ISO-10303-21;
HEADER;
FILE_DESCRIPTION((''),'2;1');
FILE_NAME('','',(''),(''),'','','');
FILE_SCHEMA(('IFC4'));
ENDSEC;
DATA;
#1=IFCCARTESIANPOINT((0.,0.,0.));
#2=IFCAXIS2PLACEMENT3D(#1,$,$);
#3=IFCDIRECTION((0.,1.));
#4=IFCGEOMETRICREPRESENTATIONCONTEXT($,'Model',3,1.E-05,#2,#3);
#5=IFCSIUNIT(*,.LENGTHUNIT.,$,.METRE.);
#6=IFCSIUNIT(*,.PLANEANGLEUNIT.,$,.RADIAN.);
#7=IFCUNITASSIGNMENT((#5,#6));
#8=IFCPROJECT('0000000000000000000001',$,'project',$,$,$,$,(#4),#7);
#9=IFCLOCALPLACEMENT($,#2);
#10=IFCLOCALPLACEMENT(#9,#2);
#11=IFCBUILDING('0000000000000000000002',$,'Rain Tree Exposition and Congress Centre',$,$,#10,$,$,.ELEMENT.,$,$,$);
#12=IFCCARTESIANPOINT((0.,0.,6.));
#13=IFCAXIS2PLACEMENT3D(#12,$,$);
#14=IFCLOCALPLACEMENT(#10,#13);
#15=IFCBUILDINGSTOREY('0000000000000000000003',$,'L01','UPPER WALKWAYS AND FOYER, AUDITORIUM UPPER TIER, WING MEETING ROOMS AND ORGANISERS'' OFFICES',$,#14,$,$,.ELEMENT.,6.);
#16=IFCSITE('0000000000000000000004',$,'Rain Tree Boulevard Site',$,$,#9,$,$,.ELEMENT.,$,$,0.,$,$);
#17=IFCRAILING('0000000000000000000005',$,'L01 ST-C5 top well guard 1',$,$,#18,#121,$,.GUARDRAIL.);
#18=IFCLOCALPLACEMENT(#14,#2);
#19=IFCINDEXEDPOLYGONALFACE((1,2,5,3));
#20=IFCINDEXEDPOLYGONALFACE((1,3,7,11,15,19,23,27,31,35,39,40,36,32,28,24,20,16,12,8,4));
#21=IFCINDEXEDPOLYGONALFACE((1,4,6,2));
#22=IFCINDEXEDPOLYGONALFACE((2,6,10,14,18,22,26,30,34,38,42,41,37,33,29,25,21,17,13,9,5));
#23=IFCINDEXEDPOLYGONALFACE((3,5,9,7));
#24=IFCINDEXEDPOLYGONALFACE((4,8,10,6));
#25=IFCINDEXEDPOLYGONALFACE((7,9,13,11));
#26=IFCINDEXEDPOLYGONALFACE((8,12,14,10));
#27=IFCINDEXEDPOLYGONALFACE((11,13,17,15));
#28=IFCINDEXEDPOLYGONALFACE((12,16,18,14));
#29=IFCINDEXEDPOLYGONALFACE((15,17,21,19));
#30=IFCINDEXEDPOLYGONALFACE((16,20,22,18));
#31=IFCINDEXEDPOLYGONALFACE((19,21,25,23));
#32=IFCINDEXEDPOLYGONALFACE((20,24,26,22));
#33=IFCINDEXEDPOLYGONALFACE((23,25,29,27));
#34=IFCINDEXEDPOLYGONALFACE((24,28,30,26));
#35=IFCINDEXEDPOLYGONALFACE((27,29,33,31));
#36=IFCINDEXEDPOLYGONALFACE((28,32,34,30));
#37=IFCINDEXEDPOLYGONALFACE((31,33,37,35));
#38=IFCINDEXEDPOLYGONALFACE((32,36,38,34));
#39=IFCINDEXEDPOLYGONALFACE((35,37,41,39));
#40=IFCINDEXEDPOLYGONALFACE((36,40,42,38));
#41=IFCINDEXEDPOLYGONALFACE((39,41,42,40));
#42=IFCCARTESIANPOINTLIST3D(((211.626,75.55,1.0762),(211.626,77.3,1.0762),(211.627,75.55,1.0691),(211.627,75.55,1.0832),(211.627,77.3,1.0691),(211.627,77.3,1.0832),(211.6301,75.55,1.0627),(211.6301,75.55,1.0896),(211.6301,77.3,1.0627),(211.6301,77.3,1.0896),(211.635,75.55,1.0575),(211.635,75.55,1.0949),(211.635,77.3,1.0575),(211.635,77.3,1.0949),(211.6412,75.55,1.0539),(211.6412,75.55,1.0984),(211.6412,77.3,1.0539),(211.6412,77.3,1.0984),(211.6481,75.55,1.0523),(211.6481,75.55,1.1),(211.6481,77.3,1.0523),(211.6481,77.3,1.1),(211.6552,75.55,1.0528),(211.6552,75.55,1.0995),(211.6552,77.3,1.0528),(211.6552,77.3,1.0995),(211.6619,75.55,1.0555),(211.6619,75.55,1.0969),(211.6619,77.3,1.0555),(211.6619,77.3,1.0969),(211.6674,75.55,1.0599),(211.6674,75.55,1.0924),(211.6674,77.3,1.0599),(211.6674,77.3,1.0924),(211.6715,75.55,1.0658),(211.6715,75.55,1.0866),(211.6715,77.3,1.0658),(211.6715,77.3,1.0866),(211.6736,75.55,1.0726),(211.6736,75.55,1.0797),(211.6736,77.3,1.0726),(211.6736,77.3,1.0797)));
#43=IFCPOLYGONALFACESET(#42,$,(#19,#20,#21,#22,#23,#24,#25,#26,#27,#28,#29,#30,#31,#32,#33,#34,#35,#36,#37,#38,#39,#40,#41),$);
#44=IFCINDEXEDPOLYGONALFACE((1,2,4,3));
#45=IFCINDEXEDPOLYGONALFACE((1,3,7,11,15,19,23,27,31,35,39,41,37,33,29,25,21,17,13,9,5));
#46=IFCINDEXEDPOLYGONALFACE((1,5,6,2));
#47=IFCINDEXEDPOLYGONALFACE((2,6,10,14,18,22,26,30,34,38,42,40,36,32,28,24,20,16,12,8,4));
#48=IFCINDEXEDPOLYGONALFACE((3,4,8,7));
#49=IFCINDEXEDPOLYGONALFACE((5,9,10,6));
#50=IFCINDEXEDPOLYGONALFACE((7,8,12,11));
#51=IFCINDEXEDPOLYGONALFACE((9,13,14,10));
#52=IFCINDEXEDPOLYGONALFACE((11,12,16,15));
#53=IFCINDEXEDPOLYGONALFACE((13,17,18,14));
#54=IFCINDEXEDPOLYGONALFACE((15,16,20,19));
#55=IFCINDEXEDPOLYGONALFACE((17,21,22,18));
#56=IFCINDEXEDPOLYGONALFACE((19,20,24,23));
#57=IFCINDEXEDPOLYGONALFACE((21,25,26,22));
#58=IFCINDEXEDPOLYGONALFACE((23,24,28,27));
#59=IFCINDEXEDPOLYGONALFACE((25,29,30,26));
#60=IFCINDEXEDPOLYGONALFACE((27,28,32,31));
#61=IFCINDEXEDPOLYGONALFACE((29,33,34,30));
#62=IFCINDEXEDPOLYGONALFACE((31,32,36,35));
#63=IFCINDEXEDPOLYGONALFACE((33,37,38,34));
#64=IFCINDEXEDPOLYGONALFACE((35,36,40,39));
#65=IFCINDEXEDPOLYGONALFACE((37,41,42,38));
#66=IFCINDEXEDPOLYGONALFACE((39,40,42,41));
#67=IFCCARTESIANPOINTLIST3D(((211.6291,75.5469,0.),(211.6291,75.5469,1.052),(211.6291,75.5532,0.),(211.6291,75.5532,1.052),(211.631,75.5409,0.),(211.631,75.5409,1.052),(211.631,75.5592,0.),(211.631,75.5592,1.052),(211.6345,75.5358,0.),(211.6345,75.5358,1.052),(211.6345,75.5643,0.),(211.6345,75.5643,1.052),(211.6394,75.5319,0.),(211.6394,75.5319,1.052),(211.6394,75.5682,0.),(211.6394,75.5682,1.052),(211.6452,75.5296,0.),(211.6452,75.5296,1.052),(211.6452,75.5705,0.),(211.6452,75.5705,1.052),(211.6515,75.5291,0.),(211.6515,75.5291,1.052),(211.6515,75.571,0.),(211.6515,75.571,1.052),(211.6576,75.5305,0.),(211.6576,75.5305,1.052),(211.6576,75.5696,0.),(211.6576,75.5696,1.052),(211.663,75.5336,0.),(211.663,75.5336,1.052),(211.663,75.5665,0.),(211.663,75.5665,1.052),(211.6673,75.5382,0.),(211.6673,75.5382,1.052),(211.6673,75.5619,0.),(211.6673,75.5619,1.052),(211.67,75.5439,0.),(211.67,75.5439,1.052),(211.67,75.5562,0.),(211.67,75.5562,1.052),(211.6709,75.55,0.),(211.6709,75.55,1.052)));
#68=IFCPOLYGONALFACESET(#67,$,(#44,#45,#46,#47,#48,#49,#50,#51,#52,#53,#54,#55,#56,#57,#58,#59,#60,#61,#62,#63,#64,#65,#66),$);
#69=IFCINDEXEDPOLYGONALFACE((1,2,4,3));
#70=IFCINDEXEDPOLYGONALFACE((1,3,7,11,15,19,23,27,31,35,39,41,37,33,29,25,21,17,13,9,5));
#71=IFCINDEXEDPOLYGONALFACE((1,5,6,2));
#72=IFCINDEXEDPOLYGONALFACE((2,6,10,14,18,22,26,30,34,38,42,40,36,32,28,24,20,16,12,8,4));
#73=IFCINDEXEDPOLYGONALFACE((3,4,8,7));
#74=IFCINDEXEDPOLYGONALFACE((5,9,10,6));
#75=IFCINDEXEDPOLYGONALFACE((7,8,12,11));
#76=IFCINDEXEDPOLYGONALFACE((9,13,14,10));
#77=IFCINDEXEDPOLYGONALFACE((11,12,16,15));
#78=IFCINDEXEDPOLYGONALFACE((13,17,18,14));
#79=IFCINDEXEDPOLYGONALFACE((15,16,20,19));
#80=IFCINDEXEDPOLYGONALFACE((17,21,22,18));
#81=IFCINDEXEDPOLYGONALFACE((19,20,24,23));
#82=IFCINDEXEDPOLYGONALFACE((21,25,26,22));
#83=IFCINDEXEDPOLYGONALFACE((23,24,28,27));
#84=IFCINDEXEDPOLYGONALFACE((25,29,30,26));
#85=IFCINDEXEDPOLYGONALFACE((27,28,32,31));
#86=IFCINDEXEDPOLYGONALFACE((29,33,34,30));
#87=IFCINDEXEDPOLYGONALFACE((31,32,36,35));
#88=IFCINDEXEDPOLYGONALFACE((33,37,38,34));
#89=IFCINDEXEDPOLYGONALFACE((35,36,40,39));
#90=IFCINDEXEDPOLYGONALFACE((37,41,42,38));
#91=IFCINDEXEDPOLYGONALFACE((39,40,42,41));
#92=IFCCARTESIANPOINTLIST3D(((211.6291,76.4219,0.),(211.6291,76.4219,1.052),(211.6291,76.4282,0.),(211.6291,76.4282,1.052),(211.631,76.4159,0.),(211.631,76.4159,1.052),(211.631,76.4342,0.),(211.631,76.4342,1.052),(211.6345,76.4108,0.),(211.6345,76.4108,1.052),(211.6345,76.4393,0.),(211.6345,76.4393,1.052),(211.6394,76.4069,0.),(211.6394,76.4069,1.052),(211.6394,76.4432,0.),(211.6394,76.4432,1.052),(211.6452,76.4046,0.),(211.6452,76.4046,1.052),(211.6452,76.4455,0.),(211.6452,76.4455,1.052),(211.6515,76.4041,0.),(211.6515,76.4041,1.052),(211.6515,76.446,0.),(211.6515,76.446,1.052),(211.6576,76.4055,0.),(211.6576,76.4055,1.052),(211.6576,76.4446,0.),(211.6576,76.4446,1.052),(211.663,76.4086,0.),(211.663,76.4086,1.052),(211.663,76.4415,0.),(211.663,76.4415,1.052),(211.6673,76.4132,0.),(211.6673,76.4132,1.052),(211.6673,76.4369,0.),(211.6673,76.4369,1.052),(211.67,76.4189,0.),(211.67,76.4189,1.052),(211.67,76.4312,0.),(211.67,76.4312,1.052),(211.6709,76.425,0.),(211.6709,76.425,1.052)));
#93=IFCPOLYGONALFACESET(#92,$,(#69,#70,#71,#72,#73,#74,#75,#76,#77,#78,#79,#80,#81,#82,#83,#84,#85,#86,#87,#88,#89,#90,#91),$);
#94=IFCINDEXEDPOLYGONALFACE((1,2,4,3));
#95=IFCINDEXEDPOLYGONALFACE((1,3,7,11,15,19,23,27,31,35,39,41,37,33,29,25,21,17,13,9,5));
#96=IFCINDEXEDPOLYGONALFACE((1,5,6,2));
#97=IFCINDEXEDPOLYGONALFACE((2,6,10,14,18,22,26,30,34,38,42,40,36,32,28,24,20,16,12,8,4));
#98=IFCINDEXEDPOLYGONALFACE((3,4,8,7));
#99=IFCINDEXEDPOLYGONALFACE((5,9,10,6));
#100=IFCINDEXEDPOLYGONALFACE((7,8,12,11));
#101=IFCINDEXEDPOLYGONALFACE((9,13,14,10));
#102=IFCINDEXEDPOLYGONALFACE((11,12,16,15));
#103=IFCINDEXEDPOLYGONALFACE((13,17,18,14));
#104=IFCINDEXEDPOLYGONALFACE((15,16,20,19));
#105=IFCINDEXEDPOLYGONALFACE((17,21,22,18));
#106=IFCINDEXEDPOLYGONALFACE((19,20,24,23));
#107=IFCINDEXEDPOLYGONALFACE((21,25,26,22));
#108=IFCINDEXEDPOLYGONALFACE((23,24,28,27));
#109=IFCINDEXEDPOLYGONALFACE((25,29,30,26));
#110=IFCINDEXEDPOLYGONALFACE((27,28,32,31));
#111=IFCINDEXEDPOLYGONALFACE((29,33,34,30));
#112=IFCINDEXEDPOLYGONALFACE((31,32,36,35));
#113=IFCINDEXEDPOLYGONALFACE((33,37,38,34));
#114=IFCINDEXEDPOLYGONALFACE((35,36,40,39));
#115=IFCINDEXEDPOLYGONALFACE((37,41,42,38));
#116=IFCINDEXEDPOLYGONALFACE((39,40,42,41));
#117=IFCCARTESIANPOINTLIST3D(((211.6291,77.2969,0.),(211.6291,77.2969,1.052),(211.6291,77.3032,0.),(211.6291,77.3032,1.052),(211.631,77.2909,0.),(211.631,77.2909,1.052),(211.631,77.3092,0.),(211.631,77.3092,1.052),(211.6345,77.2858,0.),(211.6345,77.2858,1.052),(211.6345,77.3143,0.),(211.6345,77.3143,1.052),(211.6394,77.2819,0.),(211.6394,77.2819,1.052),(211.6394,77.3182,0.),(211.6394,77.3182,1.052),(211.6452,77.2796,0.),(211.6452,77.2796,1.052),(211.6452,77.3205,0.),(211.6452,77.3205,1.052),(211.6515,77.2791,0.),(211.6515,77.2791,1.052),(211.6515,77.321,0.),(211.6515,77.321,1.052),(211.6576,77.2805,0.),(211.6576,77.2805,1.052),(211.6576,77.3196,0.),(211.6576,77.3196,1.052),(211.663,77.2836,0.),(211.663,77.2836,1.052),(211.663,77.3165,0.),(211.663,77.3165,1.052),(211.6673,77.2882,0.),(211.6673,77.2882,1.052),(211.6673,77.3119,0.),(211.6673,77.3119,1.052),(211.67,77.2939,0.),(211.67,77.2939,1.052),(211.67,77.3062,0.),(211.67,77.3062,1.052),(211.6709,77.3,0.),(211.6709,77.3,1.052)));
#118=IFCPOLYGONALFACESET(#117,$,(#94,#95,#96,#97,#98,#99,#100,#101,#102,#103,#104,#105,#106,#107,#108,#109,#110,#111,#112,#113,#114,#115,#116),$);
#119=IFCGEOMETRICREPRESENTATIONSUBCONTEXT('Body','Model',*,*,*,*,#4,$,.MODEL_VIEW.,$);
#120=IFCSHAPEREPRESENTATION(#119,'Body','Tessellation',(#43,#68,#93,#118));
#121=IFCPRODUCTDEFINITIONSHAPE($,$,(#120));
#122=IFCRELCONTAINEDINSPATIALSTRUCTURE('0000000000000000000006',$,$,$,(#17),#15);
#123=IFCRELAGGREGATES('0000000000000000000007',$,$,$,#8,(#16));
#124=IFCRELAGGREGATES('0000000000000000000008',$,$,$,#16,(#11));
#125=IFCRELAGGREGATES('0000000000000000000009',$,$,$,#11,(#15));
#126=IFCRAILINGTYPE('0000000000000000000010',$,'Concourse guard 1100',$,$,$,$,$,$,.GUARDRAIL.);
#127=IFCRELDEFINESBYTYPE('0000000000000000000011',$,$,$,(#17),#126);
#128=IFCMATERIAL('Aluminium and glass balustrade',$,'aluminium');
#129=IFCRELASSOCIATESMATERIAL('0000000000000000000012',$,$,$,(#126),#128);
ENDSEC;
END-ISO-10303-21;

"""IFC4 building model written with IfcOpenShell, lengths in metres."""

from ifc_helpers import new_model, si_unit, direction, frame, origin, origin_2d, place, context, subcontext, project, spatial, circle, extrude, material, type_object, element, save


model = new_model("IFC4")

# Units and contexts
model_context = context("Model", 3, precision=1e-05, world=origin(), true_north=direction((0.0, 1.0)))
body_context = subcontext(model_context, "Body", "Model", "MODEL_VIEW")
ifc_project = project(units=[si_unit("LENGTHUNIT", "METRE"), si_unit("PLANEANGLEUNIT", "RADIAN")], contexts=[model_context])

# Site, building, storey
site_placement = place(None, origin())
site = spatial("IfcSite", under=ifc_project, at=site_placement, Name="Rain Tree Boulevard Site", CompositionType="ELEMENT", RefElevation=0.0)
building_placement = place(site_placement, origin())
building = spatial("IfcBuilding", under=site, at=building_placement, Name="Rain Tree Exposition and Congress Centre", CompositionType="ELEMENT")
storey_placement = place(building_placement, frame((0.0, 0.0, 6.0)))
storey = spatial("IfcBuildingStorey", under=building, at=storey_placement, Name="L01", Description="UPPER WALKWAYS AND FOYER, AUDITORIUM UPPER TIER, WING MEETING ROOMS AND ORGANISERS' OFFICES", CompositionType="ELEMENT", Elevation=6.0)

# Railing
ifc_material_1 = material(Name="Aluminium and glass balustrade", Category="aluminium")
railing_type = type_object("IfcRailingType", Name="Concourse guard 1100", PredefinedType="GUARDRAIL", material=ifc_material_1)
railing_1_placement = place(storey_placement, frame((211.6499, 75.55, 0.0)))
element("IfcRailing", 1, at=railing_1_placement, inside=storey, type_object=railing_type, Name="L01 ST-C5 top well guard 1", PredefinedType="GUARDRAIL", context=body_context, shape_type="SweptSolid", body=[
    extrude(circle(Radius=0.0239, at=origin_2d()), frame((0.0, 0.0, 1.0762), z_axis=(0.0, 1.0, 0.0), x_axis=(-1.0, 0.0, 0.0)), (0.0, 0.0, 1.0), 1.75),
    extrude(circle(Radius=0.021, at=origin_2d()), origin(), (0.0, 0.0, 1.0), 1.052),
    extrude(circle(Radius=0.021, at=origin_2d()), frame((0.0, 0.875, 0.0)), (0.0, 0.0, 1.0), 1.052),
    extrude(circle(Radius=0.021, at=origin_2d()), frame((0.0, 1.75, 0.0)), (0.0, 0.0, 1.0), 1.052),
])

save(model, "model.ifc")
